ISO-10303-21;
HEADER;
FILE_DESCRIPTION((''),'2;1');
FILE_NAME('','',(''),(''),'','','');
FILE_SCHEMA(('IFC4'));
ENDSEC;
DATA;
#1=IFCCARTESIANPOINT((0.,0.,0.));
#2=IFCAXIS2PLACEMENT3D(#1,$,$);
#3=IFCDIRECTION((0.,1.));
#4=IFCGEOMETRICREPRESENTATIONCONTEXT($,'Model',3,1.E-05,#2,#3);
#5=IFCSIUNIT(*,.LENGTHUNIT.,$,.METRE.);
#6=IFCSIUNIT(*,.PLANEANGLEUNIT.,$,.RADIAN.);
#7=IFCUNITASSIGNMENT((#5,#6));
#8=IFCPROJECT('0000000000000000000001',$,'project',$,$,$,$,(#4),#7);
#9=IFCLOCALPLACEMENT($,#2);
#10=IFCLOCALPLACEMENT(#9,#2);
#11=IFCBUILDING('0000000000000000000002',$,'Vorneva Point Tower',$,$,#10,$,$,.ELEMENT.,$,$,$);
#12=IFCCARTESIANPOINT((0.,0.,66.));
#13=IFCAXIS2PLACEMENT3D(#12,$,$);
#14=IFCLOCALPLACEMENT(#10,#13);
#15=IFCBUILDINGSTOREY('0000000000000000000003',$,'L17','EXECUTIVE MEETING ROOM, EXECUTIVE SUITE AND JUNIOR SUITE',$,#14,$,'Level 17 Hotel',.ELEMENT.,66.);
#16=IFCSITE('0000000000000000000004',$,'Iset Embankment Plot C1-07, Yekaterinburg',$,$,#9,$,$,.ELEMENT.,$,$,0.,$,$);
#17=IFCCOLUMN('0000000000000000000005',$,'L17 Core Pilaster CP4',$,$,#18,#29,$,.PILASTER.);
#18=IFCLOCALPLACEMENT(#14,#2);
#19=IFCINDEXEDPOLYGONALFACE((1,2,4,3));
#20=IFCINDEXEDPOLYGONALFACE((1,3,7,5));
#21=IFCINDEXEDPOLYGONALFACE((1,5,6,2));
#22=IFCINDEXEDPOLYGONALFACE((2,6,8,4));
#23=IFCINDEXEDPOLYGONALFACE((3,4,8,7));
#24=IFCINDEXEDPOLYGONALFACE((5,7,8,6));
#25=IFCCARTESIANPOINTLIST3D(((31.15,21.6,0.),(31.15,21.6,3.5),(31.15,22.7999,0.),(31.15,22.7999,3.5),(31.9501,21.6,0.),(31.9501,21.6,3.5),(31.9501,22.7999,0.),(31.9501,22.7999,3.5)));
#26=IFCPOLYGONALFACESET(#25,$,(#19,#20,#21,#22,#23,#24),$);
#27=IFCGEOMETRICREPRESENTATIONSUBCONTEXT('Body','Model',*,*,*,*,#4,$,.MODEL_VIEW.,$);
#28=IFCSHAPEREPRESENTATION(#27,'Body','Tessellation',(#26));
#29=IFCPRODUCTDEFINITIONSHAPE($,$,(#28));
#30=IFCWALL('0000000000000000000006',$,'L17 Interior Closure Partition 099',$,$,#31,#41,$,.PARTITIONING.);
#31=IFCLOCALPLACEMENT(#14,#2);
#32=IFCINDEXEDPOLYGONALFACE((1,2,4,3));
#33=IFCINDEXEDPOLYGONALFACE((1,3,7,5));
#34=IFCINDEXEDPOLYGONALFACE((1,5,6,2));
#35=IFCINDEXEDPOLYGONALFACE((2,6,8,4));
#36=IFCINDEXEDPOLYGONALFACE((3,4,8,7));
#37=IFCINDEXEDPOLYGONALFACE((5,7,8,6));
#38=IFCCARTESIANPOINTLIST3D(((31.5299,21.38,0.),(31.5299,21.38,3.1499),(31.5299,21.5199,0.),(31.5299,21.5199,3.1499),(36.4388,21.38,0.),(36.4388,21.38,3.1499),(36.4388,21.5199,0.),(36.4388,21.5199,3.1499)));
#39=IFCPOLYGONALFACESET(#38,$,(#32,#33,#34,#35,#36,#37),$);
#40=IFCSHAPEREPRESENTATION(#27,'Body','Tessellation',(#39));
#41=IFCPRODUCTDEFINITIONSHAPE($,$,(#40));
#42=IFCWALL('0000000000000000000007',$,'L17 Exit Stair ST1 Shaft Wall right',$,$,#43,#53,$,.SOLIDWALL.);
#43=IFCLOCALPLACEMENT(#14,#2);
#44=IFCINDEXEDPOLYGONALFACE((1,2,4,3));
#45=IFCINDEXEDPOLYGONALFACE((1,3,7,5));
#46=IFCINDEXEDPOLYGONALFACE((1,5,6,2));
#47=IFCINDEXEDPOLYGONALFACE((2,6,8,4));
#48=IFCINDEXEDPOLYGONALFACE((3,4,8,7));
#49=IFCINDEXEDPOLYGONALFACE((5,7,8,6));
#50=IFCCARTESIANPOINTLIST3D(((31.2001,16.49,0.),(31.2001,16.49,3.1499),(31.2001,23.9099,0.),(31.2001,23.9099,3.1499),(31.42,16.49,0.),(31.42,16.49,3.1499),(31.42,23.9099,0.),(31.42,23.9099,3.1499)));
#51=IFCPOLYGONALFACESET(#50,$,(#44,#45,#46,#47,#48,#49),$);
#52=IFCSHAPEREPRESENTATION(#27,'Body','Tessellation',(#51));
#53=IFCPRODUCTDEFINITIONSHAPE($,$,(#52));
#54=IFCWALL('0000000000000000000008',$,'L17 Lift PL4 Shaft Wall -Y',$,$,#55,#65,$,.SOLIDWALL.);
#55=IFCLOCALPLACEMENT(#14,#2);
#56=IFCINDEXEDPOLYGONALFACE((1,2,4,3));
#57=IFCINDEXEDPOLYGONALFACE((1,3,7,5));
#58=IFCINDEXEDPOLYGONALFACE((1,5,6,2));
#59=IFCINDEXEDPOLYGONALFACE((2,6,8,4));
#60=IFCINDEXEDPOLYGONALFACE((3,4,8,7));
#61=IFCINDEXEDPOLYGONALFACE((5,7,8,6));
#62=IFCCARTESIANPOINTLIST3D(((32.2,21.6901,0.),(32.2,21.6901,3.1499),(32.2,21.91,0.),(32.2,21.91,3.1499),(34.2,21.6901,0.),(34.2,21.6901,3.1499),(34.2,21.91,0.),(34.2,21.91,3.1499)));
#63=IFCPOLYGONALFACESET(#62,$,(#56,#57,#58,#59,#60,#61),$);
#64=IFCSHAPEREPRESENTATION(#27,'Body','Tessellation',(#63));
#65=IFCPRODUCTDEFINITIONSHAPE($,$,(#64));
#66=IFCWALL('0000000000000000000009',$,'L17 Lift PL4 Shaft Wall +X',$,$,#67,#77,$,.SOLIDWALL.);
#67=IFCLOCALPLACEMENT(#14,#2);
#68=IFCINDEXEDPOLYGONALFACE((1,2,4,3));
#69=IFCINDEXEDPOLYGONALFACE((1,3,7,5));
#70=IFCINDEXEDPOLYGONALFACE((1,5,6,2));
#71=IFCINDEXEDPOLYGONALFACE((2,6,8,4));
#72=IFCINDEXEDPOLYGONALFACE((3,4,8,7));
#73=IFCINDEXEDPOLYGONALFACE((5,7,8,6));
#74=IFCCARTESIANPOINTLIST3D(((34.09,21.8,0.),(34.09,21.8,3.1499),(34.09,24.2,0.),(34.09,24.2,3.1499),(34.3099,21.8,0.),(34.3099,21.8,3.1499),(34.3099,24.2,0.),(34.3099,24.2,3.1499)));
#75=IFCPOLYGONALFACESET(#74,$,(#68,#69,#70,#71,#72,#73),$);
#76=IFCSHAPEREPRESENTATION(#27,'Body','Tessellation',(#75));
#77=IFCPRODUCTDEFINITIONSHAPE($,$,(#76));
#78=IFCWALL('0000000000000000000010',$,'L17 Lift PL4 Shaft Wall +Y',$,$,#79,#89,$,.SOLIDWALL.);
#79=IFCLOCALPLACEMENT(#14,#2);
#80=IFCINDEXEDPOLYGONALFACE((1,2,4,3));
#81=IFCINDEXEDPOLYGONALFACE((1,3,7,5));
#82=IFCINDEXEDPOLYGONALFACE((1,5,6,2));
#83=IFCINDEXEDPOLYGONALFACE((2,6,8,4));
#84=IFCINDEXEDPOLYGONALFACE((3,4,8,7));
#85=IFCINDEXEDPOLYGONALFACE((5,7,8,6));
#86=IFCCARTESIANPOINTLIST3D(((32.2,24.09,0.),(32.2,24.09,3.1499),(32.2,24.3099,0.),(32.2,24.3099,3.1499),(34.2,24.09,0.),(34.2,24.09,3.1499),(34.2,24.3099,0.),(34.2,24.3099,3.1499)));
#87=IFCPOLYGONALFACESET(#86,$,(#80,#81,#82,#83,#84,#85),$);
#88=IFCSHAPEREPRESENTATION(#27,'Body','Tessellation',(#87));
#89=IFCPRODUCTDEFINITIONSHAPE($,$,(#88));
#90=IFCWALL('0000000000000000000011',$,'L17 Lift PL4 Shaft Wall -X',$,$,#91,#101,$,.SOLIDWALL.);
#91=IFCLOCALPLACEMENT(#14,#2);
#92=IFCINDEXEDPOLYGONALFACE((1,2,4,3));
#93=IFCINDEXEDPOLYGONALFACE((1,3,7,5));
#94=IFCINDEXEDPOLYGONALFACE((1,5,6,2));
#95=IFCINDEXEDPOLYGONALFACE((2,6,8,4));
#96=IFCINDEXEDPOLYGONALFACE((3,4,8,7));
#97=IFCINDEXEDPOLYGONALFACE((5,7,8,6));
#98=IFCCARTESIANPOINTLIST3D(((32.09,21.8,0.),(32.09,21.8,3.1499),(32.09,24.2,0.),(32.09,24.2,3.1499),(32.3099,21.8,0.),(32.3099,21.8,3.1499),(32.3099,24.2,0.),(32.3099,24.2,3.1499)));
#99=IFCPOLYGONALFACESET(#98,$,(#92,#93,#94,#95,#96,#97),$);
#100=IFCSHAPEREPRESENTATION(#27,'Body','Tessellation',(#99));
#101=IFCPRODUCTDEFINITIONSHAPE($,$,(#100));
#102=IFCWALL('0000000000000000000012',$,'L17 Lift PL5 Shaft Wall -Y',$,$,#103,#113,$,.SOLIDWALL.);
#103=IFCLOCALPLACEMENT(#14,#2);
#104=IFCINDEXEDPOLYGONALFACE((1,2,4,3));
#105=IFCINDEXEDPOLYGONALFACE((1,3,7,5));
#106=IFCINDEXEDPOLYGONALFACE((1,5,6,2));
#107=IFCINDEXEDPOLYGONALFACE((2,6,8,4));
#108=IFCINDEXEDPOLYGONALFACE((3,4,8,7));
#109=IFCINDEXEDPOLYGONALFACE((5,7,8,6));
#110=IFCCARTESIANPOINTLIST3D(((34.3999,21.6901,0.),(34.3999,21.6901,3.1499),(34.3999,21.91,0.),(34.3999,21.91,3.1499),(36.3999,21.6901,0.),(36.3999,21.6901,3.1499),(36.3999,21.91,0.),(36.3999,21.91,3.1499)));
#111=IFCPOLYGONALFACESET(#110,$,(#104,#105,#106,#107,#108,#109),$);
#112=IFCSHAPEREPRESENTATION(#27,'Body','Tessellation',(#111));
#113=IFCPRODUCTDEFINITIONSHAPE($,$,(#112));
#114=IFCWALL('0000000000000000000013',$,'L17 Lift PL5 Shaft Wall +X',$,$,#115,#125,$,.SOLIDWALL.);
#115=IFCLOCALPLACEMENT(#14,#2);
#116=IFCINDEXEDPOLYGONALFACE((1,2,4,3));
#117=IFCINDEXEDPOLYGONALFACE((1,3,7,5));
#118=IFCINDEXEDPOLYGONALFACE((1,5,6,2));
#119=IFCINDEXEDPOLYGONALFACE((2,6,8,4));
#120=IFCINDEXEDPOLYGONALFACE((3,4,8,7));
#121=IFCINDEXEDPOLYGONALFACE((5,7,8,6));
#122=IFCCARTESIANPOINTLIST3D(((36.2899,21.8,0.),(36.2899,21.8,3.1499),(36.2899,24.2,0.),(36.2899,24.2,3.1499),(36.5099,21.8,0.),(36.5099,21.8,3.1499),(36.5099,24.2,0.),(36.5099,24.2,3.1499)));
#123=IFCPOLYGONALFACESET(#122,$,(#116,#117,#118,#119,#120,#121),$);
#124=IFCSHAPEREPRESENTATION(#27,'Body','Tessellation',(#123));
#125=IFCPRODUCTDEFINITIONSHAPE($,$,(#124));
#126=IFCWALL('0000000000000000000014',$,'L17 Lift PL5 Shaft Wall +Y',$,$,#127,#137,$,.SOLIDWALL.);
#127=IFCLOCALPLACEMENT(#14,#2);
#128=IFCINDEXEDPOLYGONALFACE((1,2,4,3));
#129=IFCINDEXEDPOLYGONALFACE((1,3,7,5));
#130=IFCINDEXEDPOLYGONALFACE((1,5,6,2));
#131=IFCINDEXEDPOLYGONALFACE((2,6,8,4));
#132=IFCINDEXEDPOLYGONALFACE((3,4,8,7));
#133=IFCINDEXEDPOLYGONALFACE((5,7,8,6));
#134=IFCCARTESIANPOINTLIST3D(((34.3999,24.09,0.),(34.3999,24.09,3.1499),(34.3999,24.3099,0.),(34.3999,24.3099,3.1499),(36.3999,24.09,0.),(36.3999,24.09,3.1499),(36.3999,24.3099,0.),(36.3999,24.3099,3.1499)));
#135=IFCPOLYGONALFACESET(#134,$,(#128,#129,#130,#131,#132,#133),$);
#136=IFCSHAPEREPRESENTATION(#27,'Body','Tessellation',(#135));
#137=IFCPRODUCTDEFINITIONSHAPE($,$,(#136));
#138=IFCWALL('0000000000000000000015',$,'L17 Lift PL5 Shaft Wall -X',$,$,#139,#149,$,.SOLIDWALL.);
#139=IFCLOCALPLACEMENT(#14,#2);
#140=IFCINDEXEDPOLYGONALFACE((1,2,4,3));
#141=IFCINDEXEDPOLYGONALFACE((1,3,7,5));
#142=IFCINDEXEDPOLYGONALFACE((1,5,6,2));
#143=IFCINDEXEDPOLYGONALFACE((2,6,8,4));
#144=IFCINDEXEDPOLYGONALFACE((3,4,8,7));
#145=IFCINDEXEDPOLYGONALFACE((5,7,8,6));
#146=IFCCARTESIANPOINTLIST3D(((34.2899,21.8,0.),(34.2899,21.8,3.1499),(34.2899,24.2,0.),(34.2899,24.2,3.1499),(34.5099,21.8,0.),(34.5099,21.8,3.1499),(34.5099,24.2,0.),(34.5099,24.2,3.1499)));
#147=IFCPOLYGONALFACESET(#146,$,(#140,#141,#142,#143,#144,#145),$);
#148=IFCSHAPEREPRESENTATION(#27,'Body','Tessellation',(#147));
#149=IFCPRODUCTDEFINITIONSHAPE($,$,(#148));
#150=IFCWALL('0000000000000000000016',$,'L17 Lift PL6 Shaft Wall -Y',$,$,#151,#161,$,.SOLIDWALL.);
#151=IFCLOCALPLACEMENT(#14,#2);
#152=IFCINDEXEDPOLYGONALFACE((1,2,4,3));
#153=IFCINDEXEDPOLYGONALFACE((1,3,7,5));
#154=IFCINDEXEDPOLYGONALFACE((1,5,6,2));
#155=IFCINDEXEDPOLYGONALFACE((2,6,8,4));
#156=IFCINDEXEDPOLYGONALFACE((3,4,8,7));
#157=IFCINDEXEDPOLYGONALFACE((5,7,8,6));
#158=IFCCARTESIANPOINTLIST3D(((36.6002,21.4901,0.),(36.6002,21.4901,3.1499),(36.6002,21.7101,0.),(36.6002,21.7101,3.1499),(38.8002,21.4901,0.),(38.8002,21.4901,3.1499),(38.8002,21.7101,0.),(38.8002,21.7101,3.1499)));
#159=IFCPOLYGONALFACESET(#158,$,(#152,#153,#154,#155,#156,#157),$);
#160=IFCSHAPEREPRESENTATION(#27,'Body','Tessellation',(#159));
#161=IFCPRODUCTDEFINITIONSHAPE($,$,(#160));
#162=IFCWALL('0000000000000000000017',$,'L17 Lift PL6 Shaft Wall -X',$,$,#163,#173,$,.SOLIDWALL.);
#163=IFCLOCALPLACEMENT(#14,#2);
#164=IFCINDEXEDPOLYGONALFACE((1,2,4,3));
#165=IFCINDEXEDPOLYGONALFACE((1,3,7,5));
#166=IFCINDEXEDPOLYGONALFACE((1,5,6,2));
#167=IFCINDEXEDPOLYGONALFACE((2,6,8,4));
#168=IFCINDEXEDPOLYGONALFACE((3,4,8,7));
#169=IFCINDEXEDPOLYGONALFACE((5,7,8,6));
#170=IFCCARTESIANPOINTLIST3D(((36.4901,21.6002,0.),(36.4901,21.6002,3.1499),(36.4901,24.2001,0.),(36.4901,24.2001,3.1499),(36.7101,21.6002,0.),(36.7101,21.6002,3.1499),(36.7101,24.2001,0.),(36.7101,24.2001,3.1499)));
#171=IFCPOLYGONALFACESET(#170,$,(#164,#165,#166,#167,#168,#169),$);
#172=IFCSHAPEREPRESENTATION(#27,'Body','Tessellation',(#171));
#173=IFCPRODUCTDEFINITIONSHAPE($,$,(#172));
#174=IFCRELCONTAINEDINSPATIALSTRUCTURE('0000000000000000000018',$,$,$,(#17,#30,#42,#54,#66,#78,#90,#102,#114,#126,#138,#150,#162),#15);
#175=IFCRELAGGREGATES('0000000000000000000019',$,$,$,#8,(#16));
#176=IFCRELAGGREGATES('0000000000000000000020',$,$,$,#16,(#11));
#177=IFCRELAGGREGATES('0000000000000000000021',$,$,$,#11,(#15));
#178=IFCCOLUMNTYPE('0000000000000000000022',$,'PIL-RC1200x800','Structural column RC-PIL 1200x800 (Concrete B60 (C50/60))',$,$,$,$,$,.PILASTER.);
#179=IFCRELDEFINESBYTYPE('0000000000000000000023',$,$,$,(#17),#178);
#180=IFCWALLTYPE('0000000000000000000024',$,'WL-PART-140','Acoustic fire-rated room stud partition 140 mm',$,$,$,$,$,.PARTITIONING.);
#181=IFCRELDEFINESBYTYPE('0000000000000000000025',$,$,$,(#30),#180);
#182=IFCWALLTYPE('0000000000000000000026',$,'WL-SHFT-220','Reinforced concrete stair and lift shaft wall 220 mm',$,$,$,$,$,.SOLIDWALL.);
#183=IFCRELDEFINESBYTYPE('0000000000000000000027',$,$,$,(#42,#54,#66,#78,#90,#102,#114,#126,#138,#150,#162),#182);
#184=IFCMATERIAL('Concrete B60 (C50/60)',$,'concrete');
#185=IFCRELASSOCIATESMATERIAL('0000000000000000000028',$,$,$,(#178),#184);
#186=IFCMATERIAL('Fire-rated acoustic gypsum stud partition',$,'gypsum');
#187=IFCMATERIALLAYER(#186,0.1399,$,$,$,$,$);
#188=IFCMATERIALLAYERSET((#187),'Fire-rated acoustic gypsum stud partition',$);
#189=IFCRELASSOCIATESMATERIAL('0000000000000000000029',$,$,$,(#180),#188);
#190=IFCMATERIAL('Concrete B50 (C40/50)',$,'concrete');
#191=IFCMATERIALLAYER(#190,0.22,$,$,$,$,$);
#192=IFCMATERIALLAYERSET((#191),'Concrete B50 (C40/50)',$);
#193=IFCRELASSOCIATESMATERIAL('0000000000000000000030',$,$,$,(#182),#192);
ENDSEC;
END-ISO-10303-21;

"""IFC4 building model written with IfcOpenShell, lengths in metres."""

from ifc_helpers import new_model, si_unit, direction, frame, frame_2d, origin, origin_2d, place, context, subcontext, project, spatial, rectangle, extrude, material, layer, layer_set, material_profile, profile_set, type_object, element, save


model = new_model("IFC4")

# Units and contexts
model_context = context("Model", 3, precision=1e-05, world=origin(), true_north=direction((0.0, 1.0)))
body_context = subcontext(model_context, "Body", "Model", "MODEL_VIEW")
ifc_project = project(units=[si_unit("LENGTHUNIT", "METRE"), si_unit("PLANEANGLEUNIT", "RADIAN")], contexts=[model_context])

# Site, building, storey
site_placement = place(None, origin())
site = spatial("IfcSite", under=ifc_project, at=site_placement, Name="Iset Embankment Plot C1-07, Yekaterinburg", CompositionType="ELEMENT", RefElevation=0.0)
building_placement = place(site_placement, origin())
building = spatial("IfcBuilding", under=site, at=building_placement, Name="Vorneva Point Tower", CompositionType="ELEMENT")
storey_placement = place(building_placement, frame((0.0, 0.0, 66.0)))
storey = spatial("IfcBuildingStorey", under=building, at=storey_placement, Name="L17", Description="EXECUTIVE MEETING ROOM, EXECUTIVE SUITE AND JUNIOR SUITE", LongName="Level 17 Hotel", CompositionType="ELEMENT", Elevation=66.0)

# Column
ifc_material_1 = material(Name="Concrete B60 (C50/60)", Category="concrete")
ifc_material_profile = material_profile(ifc_material_1, rectangle(XDim=0.8, YDim=1.2, at=origin_2d()), Name="RC-PIL 1200x800")
ifc_profile_set = profile_set([ifc_material_profile], Name="Concrete B60 (C50/60)")
column_type = type_object("IfcColumnType", Name="PIL-RC1200x800", Description="Structural column RC-PIL 1200x800 (Concrete B60 (C50/60))", PredefinedType="PILASTER", material=ifc_profile_set)
column_placement = place(storey_placement, frame((31.55, 22.2, 0.0), z_axis=(0.0, 0.0, 1.0), x_axis=(1.0, 0.0, 0.0)))
element("IfcColumn", 1, at=column_placement, inside=storey, type_object=column_type, Name="L17 Core Pilaster CP4", PredefinedType="PILASTER", context=body_context, shape_type="SweptSolid", body=[
    extrude(rectangle(XDim=0.8, YDim=1.2, at=origin_2d()), origin(), (0.0, 0.0, 1.0), 3.5),
])

# Wall
ifc_material_2 = material(Name="Fire-rated acoustic gypsum stud partition", Category="gypsum")
ifc_layer_1 = layer(ifc_material_2, 0.1399)
ifc_layer_set_1 = layer_set([ifc_layer_1], Name="Fire-rated acoustic gypsum stud partition")
wall_type_1 = type_object("IfcWallType", Name="WL-PART-140", Description="Acoustic fire-rated room stud partition 140 mm", PredefinedType="PARTITIONING", material=ifc_layer_set_1)
wall_1_placement = place(storey_placement, frame((36.439, 21.45, 0.0), z_axis=(0.0, 0.0, 1.0), x_axis=(-1.0, 0.0, 0.0)))
element("IfcWall", 2, at=wall_1_placement, inside=storey, type_object=wall_type_1, Name="L17 Interior Closure Partition 099", PredefinedType="PARTITIONING", context=body_context, shape_type="SweptSolid", body=[
    extrude(rectangle(XDim=4.9089, YDim=0.1399, at=frame_2d((2.4546, 0.0))), origin(), (0.0, 0.0, 1.0), 3.1499),
])

# Shared definitions
ifc_material_3 = material(Name="Concrete B50 (C40/50)", Category="concrete")
ifc_layer_2 = layer(ifc_material_3, 0.22)
ifc_layer_set_2 = layer_set([ifc_layer_2], Name="Concrete B50 (C40/50)")
wall_type_2 = type_object("IfcWallType", Name="WL-SHFT-220", Description="Reinforced concrete stair and lift shaft wall 220 mm", PredefinedType="SOLIDWALL", material=ifc_layer_set_2)

# Walls
wall_2_placement = place(storey_placement, frame((31.3101, 23.9099, 0.0), z_axis=(0.0, 0.0, 1.0), x_axis=(0.0, -1.0, 0.0)))
element("IfcWall", 3, at=wall_2_placement, inside=storey, type_object=wall_type_2, Name="L17 Exit Stair ST1 Shaft Wall right", PredefinedType="SOLIDWALL", context=body_context, shape_type="SweptSolid", body=[
    extrude(rectangle(XDim=7.4199, YDim=0.22, at=frame_2d((3.71, 0.0))), origin(), (0.0, 0.0, 1.0), 3.1499),
])
wall_3_placement = place(storey_placement, frame((32.2, 21.8, 0.0), z_axis=(0.0, 0.0, 1.0), x_axis=(1.0, 0.0, 0.0)))
element("IfcWall", 4, at=wall_3_placement, inside=storey, type_object=wall_type_2, Name="L17 Lift PL4 Shaft Wall -Y", PredefinedType="SOLIDWALL", context=body_context, shape_type="SweptSolid", body=[
    extrude(rectangle(XDim=2.0, YDim=0.22, at=frame_2d((1.0, 0.0))), origin(), (0.0, 0.0, 1.0), 3.1499),
])
wall_4_placement = place(storey_placement, frame((34.2, 21.8, 0.0), z_axis=(0.0, 0.0, 1.0), x_axis=(0.0, 1.0, 0.0)))
element("IfcWall", 5, at=wall_4_placement, inside=storey, type_object=wall_type_2, Name="L17 Lift PL4 Shaft Wall +X", PredefinedType="SOLIDWALL", context=body_context, shape_type="SweptSolid", body=[
    extrude(rectangle(XDim=2.3999, YDim=0.22, at=frame_2d((1.2, 0.0))), origin(), (0.0, 0.0, 1.0), 3.1499),
])
wall_5_placement = place(storey_placement, frame((34.2, 24.2, 0.0), z_axis=(0.0, 0.0, 1.0), x_axis=(-1.0, 0.0, 0.0)))
element("IfcWall", 6, at=wall_5_placement, inside=storey, type_object=wall_type_2, Name="L17 Lift PL4 Shaft Wall +Y", PredefinedType="SOLIDWALL", context=body_context, shape_type="SweptSolid", body=[
    extrude(rectangle(XDim=2.0, YDim=0.22, at=frame_2d((1.0, 0.0))), origin(), (0.0, 0.0, 1.0), 3.1499),
])
wall_6_placement = place(storey_placement, frame((32.2, 24.2, 0.0), z_axis=(0.0, 0.0, 1.0), x_axis=(0.0, -1.0, 0.0)))
element("IfcWall", 7, at=wall_6_placement, inside=storey, type_object=wall_type_2, Name="L17 Lift PL4 Shaft Wall -X", PredefinedType="SOLIDWALL", context=body_context, shape_type="SweptSolid", body=[
    extrude(rectangle(XDim=2.3999, YDim=0.22, at=frame_2d((1.2, 0.0))), origin(), (0.0, 0.0, 1.0), 3.1499),
])
wall_7_placement = place(storey_placement, frame((34.3999, 21.8, 0.0), z_axis=(0.0, 0.0, 1.0), x_axis=(1.0, 0.0, 0.0)))
element("IfcWall", 8, at=wall_7_placement, inside=storey, type_object=wall_type_2, Name="L17 Lift PL5 Shaft Wall -Y", PredefinedType="SOLIDWALL", context=body_context, shape_type="SweptSolid", body=[
    extrude(rectangle(XDim=2.0, YDim=0.22, at=frame_2d((1.0, 0.0))), origin(), (0.0, 0.0, 1.0), 3.1499),
])
wall_8_placement = place(storey_placement, frame((36.3999, 21.8, 0.0), z_axis=(0.0, 0.0, 1.0), x_axis=(0.0, 1.0, 0.0)))
element("IfcWall", 9, at=wall_8_placement, inside=storey, type_object=wall_type_2, Name="L17 Lift PL5 Shaft Wall +X", PredefinedType="SOLIDWALL", context=body_context, shape_type="SweptSolid", body=[
    extrude(rectangle(XDim=2.3999, YDim=0.22, at=frame_2d((1.2, 0.0))), origin(), (0.0, 0.0, 1.0), 3.1499),
])
wall_9_placement = place(storey_placement, frame((36.3999, 24.2, 0.0), z_axis=(0.0, 0.0, 1.0), x_axis=(-1.0, 0.0, 0.0)))
element("IfcWall", 10, at=wall_9_placement, inside=storey, type_object=wall_type_2, Name="L17 Lift PL5 Shaft Wall +Y", PredefinedType="SOLIDWALL", context=body_context, shape_type="SweptSolid", body=[
    extrude(rectangle(XDim=2.0, YDim=0.22, at=frame_2d((1.0, 0.0))), origin(), (0.0, 0.0, 1.0), 3.1499),
])
wall_10_placement = place(storey_placement, frame((34.3999, 24.2, 0.0), z_axis=(0.0, 0.0, 1.0), x_axis=(0.0, -1.0, 0.0)))
element("IfcWall", 11, at=wall_10_placement, inside=storey, type_object=wall_type_2, Name="L17 Lift PL5 Shaft Wall -X", PredefinedType="SOLIDWALL", context=body_context, shape_type="SweptSolid", body=[
    extrude(rectangle(XDim=2.3999, YDim=0.22, at=frame_2d((1.2, 0.0))), origin(), (0.0, 0.0, 1.0), 3.1499),
])
wall_11_placement = place(storey_placement, frame((36.6001, 21.6001, 0.0), z_axis=(0.0, 0.0, 1.0), x_axis=(1.0, 0.0, 0.0)))
element("IfcWall", 12, at=wall_11_placement, inside=storey, type_object=wall_type_2, Name="L17 Lift PL6 Shaft Wall -Y", PredefinedType="SOLIDWALL", context=body_context, shape_type="SweptSolid", body=[
    extrude(rectangle(XDim=2.2, YDim=0.22, at=frame_2d((1.1001, 0.0))), origin(), (0.0, 0.0, 1.0), 3.1499),
])
wall_12_placement = place(storey_placement, frame((36.6001, 24.2, 0.0), z_axis=(0.0, 0.0, 1.0), x_axis=(0.0, -1.0, 0.0)))
element("IfcWall", 13, at=wall_12_placement, inside=storey, type_object=wall_type_2, Name="L17 Lift PL6 Shaft Wall -X", PredefinedType="SOLIDWALL", context=body_context, shape_type="SweptSolid", body=[
    extrude(rectangle(XDim=2.5999, YDim=0.22, at=frame_2d((1.2998, 0.0))), origin(), (0.0, 0.0, 1.0), 3.1499),
])

save(model, "model.ifc")
